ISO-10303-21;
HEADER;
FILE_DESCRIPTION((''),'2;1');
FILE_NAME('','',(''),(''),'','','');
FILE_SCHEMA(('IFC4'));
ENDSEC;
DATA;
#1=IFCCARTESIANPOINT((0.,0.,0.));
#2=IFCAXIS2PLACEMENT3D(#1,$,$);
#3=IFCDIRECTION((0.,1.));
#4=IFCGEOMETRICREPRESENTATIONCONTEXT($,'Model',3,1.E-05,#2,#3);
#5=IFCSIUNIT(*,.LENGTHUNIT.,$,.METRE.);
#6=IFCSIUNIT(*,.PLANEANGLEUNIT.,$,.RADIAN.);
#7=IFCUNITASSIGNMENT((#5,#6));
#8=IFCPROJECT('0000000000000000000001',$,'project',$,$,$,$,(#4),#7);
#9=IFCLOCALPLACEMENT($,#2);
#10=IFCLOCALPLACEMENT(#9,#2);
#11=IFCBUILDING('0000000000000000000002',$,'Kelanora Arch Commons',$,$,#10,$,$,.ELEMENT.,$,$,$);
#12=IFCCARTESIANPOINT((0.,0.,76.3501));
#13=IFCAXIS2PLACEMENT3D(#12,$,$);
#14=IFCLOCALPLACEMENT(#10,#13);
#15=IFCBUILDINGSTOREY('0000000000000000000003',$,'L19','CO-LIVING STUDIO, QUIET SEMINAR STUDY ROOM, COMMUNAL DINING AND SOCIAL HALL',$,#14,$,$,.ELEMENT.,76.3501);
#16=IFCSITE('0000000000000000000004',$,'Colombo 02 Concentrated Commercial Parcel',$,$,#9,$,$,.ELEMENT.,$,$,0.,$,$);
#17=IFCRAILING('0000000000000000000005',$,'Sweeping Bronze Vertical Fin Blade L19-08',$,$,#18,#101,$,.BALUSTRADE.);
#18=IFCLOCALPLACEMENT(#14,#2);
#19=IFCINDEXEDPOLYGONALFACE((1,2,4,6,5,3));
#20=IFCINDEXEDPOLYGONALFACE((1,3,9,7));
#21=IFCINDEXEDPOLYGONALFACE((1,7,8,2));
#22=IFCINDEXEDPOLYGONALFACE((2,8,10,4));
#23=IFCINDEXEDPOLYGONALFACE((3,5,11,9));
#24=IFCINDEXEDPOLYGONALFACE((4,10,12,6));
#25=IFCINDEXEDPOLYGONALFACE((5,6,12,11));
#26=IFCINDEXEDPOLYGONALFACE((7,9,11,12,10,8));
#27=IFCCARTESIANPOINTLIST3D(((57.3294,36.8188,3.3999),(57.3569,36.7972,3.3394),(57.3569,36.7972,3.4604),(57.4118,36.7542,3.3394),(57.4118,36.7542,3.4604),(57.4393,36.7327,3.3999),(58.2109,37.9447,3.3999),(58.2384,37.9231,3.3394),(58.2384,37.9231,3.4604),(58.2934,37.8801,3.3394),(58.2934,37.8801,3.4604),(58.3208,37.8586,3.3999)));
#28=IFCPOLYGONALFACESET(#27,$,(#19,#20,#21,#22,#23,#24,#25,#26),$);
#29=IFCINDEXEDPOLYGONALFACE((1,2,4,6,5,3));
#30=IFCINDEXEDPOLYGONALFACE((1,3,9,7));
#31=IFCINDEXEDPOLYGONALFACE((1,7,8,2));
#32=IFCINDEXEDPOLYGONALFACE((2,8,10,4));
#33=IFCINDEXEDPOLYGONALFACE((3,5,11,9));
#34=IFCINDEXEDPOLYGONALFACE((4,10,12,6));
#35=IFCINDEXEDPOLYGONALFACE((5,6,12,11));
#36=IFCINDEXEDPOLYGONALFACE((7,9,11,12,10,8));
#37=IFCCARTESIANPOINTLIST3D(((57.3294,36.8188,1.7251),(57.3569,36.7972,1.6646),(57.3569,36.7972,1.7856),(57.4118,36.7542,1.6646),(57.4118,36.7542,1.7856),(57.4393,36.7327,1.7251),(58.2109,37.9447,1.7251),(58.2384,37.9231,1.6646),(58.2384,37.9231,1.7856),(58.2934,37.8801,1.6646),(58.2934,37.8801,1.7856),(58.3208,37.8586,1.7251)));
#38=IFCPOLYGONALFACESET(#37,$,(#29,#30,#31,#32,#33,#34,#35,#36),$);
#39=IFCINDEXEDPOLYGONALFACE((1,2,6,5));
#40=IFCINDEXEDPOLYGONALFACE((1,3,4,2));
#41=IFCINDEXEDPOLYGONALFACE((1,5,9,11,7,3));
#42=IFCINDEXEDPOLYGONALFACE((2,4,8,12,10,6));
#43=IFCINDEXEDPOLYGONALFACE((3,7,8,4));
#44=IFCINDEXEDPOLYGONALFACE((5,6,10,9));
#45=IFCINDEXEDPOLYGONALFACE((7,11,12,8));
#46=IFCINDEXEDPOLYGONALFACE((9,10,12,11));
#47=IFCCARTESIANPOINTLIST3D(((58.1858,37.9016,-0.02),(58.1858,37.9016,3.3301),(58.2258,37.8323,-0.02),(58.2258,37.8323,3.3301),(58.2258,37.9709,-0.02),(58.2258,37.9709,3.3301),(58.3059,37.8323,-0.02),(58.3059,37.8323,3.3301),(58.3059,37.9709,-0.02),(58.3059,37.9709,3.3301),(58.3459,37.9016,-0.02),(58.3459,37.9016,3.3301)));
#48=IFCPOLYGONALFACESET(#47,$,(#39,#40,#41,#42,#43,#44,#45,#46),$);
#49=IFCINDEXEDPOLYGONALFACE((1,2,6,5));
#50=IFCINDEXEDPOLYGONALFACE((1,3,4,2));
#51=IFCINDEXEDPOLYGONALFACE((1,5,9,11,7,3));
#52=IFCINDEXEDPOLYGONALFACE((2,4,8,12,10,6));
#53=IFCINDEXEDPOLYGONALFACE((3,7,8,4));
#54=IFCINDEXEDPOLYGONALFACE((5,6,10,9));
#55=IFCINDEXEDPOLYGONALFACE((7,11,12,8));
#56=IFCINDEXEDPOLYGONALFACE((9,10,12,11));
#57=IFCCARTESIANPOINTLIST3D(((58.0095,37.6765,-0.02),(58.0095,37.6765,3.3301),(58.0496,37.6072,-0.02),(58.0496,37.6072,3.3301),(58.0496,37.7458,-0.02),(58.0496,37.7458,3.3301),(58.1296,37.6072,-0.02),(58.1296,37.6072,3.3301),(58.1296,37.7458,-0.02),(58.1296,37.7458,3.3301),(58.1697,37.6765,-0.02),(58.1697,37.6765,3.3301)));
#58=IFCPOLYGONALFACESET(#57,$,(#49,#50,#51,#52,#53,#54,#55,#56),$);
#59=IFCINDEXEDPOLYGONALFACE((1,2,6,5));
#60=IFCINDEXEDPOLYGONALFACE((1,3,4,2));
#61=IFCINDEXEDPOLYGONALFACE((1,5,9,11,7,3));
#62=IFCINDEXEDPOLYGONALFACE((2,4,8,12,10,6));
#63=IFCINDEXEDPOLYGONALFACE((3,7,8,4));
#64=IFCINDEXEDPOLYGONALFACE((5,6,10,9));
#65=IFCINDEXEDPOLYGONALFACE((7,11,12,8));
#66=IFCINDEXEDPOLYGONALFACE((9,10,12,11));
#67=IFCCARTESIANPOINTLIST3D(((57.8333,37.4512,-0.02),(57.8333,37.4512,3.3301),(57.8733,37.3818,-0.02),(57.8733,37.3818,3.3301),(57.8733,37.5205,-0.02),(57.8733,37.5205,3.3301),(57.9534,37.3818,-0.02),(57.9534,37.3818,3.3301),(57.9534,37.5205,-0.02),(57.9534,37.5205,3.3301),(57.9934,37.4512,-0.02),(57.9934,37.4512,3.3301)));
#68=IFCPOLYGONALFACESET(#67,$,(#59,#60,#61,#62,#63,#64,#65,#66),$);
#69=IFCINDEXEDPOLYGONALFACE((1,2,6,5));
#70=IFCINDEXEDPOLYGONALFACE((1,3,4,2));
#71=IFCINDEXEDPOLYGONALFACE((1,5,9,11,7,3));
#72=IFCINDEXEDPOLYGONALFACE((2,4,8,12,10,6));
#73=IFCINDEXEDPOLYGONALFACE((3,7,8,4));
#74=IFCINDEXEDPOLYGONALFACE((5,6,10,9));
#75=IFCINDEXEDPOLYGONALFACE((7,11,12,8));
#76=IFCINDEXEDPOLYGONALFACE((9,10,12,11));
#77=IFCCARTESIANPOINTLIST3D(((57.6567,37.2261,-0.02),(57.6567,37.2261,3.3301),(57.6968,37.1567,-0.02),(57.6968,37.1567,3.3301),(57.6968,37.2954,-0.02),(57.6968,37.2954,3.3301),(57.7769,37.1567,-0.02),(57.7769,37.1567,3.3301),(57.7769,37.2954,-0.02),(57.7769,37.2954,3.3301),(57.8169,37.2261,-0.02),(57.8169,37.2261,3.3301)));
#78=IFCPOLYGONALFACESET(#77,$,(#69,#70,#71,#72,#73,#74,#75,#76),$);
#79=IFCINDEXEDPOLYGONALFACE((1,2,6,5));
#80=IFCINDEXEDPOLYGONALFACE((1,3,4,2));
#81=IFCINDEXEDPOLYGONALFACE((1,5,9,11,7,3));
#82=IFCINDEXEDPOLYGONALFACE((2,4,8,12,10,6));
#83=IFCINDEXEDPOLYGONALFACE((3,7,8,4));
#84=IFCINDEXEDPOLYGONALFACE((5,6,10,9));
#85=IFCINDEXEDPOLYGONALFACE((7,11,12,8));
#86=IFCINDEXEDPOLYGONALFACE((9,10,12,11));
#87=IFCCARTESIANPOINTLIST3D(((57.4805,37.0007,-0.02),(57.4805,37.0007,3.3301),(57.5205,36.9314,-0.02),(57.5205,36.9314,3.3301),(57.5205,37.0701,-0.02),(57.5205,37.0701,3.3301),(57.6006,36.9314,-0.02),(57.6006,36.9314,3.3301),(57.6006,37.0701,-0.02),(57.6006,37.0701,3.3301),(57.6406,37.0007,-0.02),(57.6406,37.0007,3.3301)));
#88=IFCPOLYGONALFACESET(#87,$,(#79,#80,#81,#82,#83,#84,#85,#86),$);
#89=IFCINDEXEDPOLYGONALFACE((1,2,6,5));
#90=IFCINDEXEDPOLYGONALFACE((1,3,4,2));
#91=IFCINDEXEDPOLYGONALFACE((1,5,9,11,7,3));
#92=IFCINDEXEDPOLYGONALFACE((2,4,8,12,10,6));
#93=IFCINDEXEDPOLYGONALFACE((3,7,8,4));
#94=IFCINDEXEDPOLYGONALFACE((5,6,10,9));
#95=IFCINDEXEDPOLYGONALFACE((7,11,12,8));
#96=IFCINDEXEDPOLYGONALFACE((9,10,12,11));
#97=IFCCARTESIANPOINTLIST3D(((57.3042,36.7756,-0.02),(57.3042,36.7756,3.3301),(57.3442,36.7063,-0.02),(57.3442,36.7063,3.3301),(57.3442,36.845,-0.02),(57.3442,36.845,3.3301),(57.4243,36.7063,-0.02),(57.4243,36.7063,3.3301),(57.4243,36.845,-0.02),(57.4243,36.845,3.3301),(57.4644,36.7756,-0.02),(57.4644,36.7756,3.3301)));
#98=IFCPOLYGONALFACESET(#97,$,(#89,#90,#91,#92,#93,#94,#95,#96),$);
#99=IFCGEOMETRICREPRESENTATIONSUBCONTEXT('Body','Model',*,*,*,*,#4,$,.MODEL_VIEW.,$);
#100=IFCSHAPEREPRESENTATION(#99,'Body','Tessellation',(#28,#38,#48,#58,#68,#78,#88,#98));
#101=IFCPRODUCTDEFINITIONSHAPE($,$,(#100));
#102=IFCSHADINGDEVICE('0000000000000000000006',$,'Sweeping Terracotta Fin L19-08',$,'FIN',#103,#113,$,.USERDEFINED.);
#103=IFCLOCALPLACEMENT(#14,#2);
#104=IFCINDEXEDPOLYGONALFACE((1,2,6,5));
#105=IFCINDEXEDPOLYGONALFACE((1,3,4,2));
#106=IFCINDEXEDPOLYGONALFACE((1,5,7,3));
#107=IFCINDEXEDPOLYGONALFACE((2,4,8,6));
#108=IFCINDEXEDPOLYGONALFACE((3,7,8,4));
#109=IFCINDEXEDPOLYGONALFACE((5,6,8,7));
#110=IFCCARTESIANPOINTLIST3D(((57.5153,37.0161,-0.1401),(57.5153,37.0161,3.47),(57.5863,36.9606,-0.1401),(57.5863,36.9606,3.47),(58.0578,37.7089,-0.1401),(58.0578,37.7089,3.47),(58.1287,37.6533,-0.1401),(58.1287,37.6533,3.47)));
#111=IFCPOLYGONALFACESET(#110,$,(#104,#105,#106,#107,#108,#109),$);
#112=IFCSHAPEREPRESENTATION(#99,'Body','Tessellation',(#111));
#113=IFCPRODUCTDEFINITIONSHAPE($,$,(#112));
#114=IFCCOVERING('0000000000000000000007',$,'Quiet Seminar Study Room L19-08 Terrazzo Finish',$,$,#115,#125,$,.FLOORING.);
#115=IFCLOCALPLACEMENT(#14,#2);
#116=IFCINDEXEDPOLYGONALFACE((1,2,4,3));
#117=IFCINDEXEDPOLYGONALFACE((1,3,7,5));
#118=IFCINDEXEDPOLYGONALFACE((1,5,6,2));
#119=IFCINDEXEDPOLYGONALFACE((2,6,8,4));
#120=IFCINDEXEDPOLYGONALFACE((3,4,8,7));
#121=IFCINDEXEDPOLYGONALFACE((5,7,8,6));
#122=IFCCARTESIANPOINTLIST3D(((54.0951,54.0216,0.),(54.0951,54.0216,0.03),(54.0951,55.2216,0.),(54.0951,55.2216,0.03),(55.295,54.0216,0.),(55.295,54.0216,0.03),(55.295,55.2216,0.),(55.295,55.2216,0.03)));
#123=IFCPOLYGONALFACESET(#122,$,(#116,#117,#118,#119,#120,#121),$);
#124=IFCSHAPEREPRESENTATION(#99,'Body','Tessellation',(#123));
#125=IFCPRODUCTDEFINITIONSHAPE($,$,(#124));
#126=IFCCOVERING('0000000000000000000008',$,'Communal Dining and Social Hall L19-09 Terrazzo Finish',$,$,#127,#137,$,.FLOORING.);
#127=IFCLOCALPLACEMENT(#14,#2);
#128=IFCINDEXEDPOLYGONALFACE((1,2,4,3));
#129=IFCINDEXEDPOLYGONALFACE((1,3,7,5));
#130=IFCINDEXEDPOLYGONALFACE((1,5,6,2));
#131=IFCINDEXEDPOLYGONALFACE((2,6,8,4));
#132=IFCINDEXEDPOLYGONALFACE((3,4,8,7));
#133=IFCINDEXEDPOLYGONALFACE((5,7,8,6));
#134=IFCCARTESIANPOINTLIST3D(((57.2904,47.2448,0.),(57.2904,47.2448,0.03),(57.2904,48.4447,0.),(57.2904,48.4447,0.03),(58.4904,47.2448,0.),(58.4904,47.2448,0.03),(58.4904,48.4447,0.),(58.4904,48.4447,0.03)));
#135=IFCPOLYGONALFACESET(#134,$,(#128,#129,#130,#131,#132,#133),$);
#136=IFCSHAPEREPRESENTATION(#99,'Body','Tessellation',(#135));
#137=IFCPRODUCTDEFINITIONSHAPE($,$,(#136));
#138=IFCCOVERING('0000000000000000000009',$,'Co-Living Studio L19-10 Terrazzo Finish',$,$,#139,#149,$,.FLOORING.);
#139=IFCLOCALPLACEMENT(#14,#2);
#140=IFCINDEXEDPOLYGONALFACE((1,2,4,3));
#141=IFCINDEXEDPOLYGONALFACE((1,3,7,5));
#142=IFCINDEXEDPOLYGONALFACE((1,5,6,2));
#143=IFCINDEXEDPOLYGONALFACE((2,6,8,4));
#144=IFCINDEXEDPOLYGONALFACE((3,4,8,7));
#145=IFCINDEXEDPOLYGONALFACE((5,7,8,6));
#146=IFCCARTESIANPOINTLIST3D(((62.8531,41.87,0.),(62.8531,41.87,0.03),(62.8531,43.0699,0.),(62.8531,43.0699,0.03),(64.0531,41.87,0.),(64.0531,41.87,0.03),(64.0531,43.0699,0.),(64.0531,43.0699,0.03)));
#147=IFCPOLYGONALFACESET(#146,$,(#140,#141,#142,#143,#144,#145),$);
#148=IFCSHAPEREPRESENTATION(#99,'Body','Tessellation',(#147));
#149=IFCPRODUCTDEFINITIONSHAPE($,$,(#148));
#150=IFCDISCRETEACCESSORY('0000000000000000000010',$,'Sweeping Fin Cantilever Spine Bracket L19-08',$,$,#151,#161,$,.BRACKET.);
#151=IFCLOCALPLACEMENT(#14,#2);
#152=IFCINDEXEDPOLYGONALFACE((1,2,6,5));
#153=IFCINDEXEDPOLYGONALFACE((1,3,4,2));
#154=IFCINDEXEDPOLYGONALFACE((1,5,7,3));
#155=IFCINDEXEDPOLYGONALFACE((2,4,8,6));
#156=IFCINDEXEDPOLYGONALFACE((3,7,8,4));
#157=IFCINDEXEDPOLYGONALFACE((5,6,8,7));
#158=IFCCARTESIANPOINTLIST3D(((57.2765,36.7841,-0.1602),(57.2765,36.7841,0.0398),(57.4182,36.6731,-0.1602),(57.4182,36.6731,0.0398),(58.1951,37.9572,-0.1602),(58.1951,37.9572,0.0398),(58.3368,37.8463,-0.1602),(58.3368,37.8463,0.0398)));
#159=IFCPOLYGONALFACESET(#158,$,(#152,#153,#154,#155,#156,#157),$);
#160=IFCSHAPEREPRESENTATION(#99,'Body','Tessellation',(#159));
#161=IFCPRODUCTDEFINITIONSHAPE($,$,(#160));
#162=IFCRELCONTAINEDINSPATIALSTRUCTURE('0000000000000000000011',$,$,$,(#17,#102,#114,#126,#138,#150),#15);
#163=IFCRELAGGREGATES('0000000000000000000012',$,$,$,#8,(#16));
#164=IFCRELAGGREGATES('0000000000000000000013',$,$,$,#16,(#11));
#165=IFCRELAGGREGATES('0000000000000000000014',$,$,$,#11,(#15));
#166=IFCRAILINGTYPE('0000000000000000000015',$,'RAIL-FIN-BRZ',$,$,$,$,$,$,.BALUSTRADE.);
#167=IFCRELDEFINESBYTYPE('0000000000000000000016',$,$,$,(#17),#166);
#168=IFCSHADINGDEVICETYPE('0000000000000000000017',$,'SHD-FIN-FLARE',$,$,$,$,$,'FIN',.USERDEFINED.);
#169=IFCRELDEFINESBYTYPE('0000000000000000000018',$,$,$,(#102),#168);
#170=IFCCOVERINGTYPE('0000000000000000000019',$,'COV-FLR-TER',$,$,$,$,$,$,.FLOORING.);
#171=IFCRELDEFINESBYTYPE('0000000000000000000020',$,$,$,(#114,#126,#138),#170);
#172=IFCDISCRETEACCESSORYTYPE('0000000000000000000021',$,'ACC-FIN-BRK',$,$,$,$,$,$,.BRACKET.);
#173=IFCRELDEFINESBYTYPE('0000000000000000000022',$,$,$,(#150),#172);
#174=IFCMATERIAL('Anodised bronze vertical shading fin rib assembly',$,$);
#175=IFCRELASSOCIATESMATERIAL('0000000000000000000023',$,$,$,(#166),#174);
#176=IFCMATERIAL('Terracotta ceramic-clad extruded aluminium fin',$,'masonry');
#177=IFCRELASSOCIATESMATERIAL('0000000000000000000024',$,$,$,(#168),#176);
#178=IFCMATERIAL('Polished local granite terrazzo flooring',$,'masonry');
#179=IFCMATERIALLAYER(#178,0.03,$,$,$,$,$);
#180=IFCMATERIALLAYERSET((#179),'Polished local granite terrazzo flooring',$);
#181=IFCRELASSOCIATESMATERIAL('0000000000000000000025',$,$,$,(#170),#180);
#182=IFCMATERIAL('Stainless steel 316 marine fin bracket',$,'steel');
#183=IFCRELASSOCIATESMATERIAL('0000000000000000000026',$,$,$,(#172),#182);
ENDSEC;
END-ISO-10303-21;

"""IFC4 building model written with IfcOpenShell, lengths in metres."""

from ifc_helpers import new_model, si_unit, direction, frame, origin, origin_2d, place, context, subcontext, project, spatial, polyline, rectangle, outline, extrude, source, transform, mapped, material, layer, layer_set, type_object, element, save


model = new_model("IFC4")

# Units and contexts
model_context = context("Model", 3, precision=1e-05, world=origin(), true_north=direction((0.0, 1.0)))
body_context = subcontext(model_context, "Body", "Model", "MODEL_VIEW")
ifc_project = project(units=[si_unit("LENGTHUNIT", "METRE"), si_unit("PLANEANGLEUNIT", "RADIAN")], contexts=[model_context])

# Site, building, storey
site_placement = place(None, origin())
site = spatial("IfcSite", under=ifc_project, at=site_placement, Name="Colombo 02 Concentrated Commercial Parcel", CompositionType="ELEMENT", RefElevation=0.0)
building_placement = place(site_placement, origin())
building = spatial("IfcBuilding", under=site, at=building_placement, Name="Kelanora Arch Commons", CompositionType="ELEMENT")
storey_placement = place(building_placement, frame((0.0, 0.0, 76.3501)))
storey = spatial("IfcBuildingStorey", under=building, at=storey_placement, Name="L19", Description="CO-LIVING STUDIO, QUIET SEMINAR STUDY ROOM, COMMUNAL DINING AND SOCIAL HALL", CompositionType="ELEMENT", Elevation=76.3501)

# Railing
ifc_material_1 = material(Name="Anodised bronze vertical shading fin rib assembly")
railing_type = type_object("IfcRailingType", Name="RAIL-FIN-BRZ", PredefinedType="BALUSTRADE", material=ifc_material_1)
railing_placement = place(storey_placement, frame((58.2659, 37.9016, -0.02)))
element("IfcRailing", 1, at=railing_placement, inside=storey, type_object=railing_type, Name="Sweeping Bronze Vertical Fin Blade L19-08", PredefinedType="BALUSTRADE", context=body_context, shape_type="SweptSolid", body=[
    extrude(outline(polyline([(0.0698, 0.0), (0.0349, 0.0605), (-0.0349, 0.0605), (-0.0698, 0.0), (-0.0349, -0.0605), (0.0349, -0.0605), (0.0698, 0.0)])), frame((0.0, 0.0, 3.4199), z_axis=(-0.616479, -0.787372, 0.0), x_axis=(0.787372, -0.616479, 0.0)), (0.0, 0.0, 1.0), 1.4299),
    extrude(outline(polyline([(0.0698, 0.0), (0.0349, 0.0605), (-0.0349, 0.0605), (-0.0698, 0.0), (-0.0349, -0.0605), (0.0349, -0.0605), (0.0698, 0.0)])), frame((0.0, 0.0, 1.7451), z_axis=(-0.616479, -0.787372, 0.0), x_axis=(0.787372, -0.616479, 0.0)), (0.0, 0.0, 1.0), 1.4299),
    extrude(outline(polyline([(0.0801, 0.0), (0.04, 0.0693), (-0.04, 0.0693), (-0.0801, 0.0), (-0.04, -0.0693), (0.04, -0.0693), (0.0801, 0.0)])), origin(), (0.0, 0.0, 1.0), 3.3501),
    extrude(outline(polyline([(0.0801, 0.0), (0.04, 0.0693), (-0.04, 0.0693), (-0.0801, 0.0), (-0.04, -0.0693), (0.04, -0.0693), (0.0801, 0.0)])), frame((-0.1763, -0.2251, 0.0)), (0.0, 0.0, 1.0), 3.3501),
    extrude(outline(polyline([(0.0801, 0.0), (0.04, 0.0693), (-0.04, 0.0693), (-0.0801, 0.0), (-0.04, -0.0693), (0.04, -0.0693), (0.0801, 0.0)])), frame((-0.3525, -0.4504, 0.0)), (0.0, 0.0, 1.0), 3.3501),
    extrude(outline(polyline([(0.0801, 0.0), (0.04, 0.0693), (-0.04, 0.0693), (-0.0801, 0.0), (-0.04, -0.0693), (0.04, -0.0693), (0.0801, 0.0)])), frame((-0.5291, -0.6755, 0.0)), (0.0, 0.0, 1.0), 3.3501),
    extrude(outline(polyline([(0.0801, 0.0), (0.04, 0.0693), (-0.04, 0.0693), (-0.0801, 0.0), (-0.04, -0.0693), (0.04, -0.0693), (0.0801, 0.0)])), frame((-0.7053, -0.9009, 0.0)), (0.0, 0.0, 1.0), 3.3501),
    extrude(outline(polyline([(0.0801, 0.0), (0.04, 0.0693), (-0.04, 0.0693), (-0.0801, 0.0), (-0.04, -0.0693), (0.04, -0.0693), (0.0801, 0.0)])), frame((-0.8816, -1.126, 0.0)), (0.0, 0.0, 1.0), 3.3501),
])

# Shading device
ifc_material_2 = material(Name="Terracotta ceramic-clad extruded aluminium fin", Category="masonry")
shading_device_type = type_object("IfcShadingDeviceType", Name="SHD-FIN-FLARE", ElementType="FIN", PredefinedType="USERDEFINED", material=ifc_material_2)
shared_shape_1 = source(origin(), body_context, "Body", "SweptSolid", [
    extrude(rectangle(XDim=0.8799, YDim=0.0901, at=origin_2d()), origin(), (0.0, 0.0, 1.0), 3.6101),
])
shading_device_placement = place(storey_placement, frame((57.822, 37.3347, -0.1401), z_axis=(0.0, 0.0, 1.0), x_axis=(-0.616486, -0.787366, 0.0)))
element("IfcShadingDevice", 2, at=shading_device_placement, inside=storey, type_object=shading_device_type, Name="Sweeping Terracotta Fin L19-08", ObjectType="FIN", PredefinedType="USERDEFINED", context=body_context, shape_type="MappedRepresentation", body=[
    mapped(shared_shape_1, transform((0.0, 0.0, 0.0), scale=1.0)),
])

# Coverings
ifc_material_3 = material(Name="Polished local granite terrazzo flooring", Category="masonry")
ifc_layer_1 = layer(ifc_material_3, 0.03)
ifc_layer_set_1 = layer_set([ifc_layer_1], Name="Polished local granite terrazzo flooring")
covering_type = type_object("IfcCoveringType", Name="COV-FLR-TER", PredefinedType="FLOORING", material=ifc_layer_set_1)
shared_shape_2 = source(origin(), body_context, "Body", "SweptSolid", [
    extrude(rectangle(XDim=1.2, YDim=1.2, at=origin_2d()), origin(), (0.0, 0.0, 1.0), 0.03),
])
for number, where, z_axis, x_axis, name in (
    (3, (54.6951, 54.6216, 0.0), (0.0, 0.0, 1.0), (1.0, 0.0, 0.0), "Quiet Seminar Study Room L19-08 Terrazzo Finish"),
    (4, (57.8904, 47.8447, 0.0), (0.0, 0.0, 1.0), (1.0, 0.0, 0.0), "Communal Dining and Social Hall L19-09 Terrazzo Finish"),
    (5, (63.4531, 42.47, 0.0), (0.0, 0.0, 1.0), (1.0, 0.0, 0.0), "Co-Living Studio L19-10 Terrazzo Finish"),
):
    element("IfcCovering", number, at=place(storey_placement, frame(where, z_axis=z_axis, x_axis=x_axis)), inside=storey, type_object=covering_type, Name=name, PredefinedType="FLOORING", context=body_context, shape_type="MappedRepresentation", body=[
        mapped(shared_shape_2, transform((0.0, 0.0, 0.0), scale=1.0)),
    ])

# Discrete accessory
ifc_material_4 = material(Name="Stainless steel 316 marine fin bracket", Category="steel")
discrete_accessory_type = type_object("IfcDiscreteAccessoryType", Name="ACC-FIN-BRK", PredefinedType="BRACKET", material=ifc_material_4)
shared_shape_3 = source(origin(), body_context, "Body", "SweptSolid", [
    extrude(rectangle(XDim=1.49, YDim=0.1799, at=origin_2d()), origin(), (0.0, 0.0, 1.0), 0.2),
])
discrete_accessory_placement = place(storey_placement, frame((57.8066, 37.3152, -0.1602), z_axis=(0.0, 0.0, 1.0), x_axis=(-0.616486, -0.787366, 0.0)))
element("IfcDiscreteAccessory", 6, at=discrete_accessory_placement, inside=storey, type_object=discrete_accessory_type, Name="Sweeping Fin Cantilever Spine Bracket L19-08", PredefinedType="BRACKET", context=body_context, shape_type="MappedRepresentation", body=[
    mapped(shared_shape_3, transform((0.0, 0.0, 0.0), scale=1.0)),
])

save(model, "model.ifc")
